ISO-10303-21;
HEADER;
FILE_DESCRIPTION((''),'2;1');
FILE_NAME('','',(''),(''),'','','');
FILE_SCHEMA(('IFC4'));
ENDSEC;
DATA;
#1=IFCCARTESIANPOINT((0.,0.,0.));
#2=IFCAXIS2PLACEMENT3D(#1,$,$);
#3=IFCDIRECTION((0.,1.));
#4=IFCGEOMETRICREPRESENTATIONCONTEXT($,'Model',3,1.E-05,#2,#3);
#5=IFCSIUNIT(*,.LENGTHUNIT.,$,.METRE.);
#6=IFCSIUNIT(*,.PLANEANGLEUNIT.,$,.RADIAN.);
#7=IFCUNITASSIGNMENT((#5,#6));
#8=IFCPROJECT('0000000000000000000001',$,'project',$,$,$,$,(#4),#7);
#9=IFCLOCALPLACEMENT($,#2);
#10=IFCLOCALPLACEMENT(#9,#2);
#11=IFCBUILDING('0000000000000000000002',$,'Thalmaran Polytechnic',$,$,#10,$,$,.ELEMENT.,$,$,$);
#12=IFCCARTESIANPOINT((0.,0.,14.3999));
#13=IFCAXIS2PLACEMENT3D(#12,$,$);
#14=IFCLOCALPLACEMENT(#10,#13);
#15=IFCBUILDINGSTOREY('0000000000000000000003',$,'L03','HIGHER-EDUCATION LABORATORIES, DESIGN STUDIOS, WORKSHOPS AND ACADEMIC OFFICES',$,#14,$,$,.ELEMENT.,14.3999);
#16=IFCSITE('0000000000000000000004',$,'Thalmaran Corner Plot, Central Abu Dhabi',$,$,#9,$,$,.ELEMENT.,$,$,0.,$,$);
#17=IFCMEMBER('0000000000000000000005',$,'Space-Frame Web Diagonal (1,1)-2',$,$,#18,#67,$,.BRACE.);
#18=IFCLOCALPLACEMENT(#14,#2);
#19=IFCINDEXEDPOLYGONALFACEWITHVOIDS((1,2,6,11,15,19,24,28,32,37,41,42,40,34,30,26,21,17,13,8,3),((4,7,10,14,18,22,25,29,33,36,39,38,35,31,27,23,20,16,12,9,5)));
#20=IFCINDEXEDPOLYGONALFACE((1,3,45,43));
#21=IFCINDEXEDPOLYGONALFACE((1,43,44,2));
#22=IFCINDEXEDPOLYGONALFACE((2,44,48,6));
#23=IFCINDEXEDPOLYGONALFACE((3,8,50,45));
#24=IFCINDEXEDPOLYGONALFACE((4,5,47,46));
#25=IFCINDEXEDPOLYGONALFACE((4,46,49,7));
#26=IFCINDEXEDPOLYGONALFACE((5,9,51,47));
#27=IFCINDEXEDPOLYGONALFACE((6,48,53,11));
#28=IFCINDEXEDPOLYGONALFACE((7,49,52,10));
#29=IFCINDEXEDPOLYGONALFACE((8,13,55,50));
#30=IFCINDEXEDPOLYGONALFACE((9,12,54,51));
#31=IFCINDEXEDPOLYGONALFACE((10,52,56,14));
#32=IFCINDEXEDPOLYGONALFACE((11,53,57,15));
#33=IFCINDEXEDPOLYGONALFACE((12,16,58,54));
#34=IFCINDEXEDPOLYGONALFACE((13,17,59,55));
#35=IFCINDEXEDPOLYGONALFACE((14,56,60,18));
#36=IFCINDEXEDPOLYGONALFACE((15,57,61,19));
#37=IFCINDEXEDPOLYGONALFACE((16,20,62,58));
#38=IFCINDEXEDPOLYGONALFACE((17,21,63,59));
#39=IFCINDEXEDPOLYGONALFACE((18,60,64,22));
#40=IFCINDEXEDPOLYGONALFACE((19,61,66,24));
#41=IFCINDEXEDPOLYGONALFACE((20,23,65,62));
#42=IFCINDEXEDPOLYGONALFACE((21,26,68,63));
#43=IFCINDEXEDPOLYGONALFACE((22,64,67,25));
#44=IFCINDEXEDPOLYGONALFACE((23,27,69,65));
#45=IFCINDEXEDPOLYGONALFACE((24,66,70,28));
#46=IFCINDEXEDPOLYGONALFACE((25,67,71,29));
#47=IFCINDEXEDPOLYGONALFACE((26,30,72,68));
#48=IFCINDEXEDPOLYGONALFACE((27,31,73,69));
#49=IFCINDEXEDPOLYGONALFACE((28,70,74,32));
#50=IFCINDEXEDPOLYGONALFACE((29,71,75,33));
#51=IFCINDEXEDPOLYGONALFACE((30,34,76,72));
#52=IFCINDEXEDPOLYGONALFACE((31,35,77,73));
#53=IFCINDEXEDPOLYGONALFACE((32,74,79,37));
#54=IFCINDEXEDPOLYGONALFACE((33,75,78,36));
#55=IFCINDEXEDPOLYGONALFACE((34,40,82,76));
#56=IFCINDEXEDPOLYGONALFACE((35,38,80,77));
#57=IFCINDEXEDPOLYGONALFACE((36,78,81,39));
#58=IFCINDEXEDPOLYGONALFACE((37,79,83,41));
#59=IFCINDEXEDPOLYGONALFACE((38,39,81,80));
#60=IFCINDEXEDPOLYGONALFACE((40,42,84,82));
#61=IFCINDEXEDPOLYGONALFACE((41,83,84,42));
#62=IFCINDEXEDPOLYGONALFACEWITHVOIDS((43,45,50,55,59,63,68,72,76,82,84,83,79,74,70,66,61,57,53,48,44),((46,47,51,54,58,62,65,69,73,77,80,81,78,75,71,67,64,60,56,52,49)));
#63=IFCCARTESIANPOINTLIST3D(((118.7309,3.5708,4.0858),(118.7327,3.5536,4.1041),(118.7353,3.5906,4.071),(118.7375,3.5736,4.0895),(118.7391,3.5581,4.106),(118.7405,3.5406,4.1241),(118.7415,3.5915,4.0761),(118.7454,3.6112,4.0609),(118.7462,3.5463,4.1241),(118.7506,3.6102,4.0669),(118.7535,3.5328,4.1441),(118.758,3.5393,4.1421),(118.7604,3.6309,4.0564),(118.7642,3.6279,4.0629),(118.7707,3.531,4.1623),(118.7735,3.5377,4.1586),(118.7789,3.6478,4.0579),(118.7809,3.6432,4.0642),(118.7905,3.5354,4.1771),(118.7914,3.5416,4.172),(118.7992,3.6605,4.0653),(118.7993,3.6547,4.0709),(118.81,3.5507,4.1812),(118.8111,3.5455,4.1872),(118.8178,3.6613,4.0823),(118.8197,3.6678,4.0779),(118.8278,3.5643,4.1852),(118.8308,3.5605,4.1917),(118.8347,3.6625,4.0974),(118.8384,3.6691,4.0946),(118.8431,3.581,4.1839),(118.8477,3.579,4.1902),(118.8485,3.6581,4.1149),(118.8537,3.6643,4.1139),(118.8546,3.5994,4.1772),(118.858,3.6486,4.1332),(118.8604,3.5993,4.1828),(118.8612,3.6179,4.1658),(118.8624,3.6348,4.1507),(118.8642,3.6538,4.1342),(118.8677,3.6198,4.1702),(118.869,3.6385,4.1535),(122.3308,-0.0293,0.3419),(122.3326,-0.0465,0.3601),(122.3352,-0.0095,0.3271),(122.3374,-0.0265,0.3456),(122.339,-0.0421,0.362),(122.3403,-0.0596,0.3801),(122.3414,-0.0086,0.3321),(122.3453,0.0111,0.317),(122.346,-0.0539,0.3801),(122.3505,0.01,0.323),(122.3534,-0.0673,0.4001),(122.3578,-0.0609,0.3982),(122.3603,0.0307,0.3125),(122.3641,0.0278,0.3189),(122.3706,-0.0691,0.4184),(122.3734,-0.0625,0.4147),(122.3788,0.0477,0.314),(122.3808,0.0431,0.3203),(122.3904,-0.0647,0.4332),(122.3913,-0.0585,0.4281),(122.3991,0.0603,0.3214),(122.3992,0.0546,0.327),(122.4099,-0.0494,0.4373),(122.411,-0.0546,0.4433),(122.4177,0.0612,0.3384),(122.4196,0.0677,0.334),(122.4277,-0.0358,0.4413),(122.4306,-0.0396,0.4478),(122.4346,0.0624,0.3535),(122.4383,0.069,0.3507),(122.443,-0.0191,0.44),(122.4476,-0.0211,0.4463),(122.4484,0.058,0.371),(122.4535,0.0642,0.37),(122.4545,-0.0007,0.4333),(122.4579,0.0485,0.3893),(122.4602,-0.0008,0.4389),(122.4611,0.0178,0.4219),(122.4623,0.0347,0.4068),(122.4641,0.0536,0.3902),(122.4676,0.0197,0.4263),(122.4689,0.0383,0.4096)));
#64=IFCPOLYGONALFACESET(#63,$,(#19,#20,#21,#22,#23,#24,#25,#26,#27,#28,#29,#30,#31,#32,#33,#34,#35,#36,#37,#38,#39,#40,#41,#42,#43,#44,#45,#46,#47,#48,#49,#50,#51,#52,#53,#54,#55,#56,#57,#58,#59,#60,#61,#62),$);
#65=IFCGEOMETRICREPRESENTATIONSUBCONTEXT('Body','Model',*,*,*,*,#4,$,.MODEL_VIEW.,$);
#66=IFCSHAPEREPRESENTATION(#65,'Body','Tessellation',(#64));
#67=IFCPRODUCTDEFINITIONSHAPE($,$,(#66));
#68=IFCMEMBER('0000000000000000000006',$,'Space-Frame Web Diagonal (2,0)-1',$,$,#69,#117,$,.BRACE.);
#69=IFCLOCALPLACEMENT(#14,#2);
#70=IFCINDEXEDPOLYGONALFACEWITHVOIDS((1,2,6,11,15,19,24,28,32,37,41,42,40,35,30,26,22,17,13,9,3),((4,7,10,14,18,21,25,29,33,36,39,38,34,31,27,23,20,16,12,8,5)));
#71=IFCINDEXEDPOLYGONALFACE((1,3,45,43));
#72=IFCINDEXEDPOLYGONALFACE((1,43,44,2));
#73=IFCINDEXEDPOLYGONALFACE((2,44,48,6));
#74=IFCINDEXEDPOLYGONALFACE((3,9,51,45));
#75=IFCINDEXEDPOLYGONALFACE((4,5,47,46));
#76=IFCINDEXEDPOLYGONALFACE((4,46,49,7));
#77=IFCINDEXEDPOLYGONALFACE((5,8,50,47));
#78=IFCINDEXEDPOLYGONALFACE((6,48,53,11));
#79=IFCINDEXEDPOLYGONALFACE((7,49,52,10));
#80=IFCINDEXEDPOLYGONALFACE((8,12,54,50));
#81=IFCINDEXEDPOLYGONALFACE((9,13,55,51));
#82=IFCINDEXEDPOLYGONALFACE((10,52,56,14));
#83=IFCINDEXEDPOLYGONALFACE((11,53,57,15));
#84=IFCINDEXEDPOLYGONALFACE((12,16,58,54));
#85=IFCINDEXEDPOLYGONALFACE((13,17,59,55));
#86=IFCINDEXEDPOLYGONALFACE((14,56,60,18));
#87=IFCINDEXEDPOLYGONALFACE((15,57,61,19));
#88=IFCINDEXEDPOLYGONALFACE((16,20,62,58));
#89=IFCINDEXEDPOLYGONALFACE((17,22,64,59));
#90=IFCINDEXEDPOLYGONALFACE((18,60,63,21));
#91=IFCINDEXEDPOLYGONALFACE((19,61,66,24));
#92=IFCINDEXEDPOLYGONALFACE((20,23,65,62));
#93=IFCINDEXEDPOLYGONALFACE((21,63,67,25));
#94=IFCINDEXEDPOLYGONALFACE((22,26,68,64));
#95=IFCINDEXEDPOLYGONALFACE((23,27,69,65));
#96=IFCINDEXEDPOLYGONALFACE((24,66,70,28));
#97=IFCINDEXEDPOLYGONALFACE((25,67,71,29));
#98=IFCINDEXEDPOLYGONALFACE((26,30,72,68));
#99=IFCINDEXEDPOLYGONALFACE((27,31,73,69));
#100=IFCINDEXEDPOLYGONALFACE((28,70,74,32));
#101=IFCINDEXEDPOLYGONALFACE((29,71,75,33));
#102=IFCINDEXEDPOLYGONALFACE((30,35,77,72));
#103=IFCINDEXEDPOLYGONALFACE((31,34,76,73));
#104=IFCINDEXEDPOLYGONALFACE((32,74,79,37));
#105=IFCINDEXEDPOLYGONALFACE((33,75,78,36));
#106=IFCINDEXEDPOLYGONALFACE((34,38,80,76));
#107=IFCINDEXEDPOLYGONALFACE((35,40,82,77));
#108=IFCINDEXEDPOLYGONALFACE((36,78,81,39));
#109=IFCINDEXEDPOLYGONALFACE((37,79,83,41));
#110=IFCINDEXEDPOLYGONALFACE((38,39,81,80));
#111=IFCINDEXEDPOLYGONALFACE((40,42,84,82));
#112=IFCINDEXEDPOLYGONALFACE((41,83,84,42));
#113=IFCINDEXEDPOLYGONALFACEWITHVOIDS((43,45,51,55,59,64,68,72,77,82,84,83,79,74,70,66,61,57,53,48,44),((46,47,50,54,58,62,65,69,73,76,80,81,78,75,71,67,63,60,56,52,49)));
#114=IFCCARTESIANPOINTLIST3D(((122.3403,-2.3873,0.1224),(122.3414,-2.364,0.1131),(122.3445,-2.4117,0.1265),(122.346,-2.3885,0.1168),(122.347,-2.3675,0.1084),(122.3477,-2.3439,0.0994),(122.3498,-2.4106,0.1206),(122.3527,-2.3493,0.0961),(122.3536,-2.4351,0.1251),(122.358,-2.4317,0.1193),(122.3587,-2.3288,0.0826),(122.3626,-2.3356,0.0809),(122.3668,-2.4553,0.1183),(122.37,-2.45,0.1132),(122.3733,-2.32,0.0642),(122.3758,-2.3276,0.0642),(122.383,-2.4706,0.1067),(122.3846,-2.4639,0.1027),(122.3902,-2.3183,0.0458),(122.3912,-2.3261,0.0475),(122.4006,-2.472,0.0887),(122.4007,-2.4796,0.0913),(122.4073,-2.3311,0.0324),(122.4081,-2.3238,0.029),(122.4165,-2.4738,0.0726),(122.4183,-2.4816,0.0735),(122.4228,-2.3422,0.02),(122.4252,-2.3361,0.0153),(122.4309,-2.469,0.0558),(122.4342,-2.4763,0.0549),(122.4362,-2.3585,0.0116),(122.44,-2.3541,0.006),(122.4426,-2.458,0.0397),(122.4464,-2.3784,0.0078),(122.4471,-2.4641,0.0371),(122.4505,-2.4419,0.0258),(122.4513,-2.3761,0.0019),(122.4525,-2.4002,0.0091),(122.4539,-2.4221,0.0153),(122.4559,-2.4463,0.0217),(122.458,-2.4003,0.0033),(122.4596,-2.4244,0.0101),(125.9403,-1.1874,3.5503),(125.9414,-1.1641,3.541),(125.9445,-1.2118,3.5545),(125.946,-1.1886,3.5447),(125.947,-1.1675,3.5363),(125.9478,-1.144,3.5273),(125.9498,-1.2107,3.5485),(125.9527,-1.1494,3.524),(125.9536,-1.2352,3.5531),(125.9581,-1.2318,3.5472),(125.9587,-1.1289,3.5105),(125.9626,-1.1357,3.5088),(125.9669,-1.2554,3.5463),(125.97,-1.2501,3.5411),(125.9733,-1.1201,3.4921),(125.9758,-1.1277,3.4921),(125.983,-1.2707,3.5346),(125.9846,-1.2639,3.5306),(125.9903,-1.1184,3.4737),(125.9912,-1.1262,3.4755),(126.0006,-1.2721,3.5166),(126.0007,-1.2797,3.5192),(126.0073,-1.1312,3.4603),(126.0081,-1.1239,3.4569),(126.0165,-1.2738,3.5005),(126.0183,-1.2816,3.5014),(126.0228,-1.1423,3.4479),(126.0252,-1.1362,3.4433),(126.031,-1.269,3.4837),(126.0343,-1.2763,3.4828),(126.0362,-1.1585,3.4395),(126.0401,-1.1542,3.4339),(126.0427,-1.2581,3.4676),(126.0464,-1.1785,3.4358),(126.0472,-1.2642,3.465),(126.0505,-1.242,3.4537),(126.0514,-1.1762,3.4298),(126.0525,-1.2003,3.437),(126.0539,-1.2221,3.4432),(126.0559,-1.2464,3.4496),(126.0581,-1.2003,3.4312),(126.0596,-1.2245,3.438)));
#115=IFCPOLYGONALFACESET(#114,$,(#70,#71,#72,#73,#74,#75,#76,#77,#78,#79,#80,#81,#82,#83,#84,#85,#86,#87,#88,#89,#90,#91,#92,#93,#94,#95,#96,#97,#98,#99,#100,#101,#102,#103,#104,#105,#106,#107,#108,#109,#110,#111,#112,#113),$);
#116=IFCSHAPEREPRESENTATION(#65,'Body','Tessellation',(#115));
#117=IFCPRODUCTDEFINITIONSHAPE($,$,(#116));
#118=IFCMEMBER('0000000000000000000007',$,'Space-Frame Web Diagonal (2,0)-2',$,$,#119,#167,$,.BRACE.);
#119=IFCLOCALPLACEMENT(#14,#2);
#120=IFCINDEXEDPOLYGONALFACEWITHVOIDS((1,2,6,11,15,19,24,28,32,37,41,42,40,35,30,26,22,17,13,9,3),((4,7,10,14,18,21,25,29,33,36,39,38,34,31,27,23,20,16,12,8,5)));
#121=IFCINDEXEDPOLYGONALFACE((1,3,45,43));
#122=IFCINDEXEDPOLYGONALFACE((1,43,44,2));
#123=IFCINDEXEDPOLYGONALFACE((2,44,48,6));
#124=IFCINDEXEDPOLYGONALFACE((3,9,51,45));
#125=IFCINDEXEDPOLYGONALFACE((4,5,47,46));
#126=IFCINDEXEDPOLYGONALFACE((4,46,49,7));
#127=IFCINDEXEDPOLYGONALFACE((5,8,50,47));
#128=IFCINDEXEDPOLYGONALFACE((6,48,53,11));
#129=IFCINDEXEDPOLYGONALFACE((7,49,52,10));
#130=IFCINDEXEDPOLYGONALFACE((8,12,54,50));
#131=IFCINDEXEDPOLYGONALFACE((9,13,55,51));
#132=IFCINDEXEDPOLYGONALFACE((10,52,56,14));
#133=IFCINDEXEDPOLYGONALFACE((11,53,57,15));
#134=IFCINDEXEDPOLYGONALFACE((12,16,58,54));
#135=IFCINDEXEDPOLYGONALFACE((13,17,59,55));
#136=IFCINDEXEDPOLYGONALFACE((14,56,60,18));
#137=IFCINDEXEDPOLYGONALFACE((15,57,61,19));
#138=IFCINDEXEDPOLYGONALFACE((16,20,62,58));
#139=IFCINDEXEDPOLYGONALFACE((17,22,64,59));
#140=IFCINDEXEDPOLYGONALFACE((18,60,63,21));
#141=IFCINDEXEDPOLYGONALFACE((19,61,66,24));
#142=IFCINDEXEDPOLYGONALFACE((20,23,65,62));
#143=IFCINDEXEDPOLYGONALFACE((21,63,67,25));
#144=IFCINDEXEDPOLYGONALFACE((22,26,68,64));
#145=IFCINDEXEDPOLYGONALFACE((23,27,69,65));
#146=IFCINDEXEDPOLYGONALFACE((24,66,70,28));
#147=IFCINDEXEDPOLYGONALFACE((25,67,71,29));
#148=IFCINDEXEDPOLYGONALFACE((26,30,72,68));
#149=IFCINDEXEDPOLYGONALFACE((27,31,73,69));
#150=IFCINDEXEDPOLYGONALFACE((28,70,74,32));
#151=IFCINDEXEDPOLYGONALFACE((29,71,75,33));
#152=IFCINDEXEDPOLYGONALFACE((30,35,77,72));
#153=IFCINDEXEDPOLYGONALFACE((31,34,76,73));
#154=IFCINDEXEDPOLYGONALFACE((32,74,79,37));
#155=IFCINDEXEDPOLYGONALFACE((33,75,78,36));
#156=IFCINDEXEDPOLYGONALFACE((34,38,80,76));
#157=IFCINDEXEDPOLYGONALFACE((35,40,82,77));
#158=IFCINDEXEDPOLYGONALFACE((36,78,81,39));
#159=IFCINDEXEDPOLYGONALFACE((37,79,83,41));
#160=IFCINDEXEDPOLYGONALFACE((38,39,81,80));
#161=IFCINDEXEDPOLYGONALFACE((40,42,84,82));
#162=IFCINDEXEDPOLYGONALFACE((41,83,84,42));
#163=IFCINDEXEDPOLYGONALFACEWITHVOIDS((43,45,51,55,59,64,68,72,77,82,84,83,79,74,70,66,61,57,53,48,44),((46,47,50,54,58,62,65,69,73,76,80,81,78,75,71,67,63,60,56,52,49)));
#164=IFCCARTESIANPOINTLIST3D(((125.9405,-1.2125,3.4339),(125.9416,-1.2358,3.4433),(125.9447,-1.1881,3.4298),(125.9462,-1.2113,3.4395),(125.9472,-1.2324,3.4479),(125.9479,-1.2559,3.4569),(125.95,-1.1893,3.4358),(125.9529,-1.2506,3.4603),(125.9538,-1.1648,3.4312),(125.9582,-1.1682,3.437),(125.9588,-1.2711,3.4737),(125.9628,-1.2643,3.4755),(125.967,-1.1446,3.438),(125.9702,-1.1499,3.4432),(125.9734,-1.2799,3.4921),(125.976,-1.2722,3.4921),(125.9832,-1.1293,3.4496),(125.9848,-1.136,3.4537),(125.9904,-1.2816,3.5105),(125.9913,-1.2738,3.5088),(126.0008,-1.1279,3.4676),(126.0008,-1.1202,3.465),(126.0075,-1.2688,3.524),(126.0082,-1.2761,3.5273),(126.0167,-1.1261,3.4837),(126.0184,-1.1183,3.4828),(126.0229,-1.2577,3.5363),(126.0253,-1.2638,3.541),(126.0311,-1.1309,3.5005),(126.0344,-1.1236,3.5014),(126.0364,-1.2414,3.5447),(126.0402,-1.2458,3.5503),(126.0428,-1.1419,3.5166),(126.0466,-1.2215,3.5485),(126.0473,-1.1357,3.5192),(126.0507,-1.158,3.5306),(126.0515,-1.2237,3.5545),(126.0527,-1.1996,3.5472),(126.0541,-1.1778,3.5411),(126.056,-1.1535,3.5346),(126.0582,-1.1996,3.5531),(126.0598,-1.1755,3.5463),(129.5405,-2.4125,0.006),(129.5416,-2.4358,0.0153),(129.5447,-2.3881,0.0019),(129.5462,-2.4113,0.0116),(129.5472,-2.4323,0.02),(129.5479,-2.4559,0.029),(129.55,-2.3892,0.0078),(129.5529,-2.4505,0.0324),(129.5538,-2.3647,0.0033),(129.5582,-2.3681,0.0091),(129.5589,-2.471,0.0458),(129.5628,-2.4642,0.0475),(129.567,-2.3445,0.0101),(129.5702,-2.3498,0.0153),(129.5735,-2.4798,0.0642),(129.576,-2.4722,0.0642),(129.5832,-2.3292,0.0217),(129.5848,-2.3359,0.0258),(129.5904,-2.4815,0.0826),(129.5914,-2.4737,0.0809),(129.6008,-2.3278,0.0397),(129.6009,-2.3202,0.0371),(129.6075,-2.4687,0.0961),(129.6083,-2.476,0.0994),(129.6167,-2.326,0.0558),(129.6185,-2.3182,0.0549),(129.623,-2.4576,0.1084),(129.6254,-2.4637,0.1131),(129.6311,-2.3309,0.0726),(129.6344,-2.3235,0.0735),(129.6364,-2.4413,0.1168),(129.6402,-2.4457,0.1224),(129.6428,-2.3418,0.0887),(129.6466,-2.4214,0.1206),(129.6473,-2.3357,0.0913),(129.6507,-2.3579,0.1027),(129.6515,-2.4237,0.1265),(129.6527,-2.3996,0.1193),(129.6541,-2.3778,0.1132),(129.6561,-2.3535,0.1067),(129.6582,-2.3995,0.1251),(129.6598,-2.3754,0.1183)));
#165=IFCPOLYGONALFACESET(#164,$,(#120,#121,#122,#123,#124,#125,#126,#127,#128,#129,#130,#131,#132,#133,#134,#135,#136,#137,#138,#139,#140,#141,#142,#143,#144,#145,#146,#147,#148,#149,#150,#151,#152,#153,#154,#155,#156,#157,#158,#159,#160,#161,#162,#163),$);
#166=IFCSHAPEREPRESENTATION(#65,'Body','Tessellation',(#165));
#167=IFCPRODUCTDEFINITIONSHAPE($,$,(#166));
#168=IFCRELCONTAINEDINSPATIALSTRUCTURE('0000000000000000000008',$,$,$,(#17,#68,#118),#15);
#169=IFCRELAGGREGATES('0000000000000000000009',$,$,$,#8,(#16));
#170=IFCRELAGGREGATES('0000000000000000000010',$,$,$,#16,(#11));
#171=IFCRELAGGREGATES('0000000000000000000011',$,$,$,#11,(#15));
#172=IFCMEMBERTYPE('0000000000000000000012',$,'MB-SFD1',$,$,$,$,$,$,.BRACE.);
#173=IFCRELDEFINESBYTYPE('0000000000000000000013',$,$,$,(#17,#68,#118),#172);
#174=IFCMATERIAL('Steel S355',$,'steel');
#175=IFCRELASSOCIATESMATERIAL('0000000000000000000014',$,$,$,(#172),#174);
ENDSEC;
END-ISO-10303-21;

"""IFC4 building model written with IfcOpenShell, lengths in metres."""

from ifc_helpers import new_model, si_unit, direction, frame, origin, origin_2d, place, context, subcontext, project, spatial, hollow_circle, extrude, material, material_profile, profile_set, type_object, element, save


model = new_model("IFC4")

# Units and contexts
model_context = context("Model", 3, precision=1e-05, world=origin(), true_north=direction((0.0, 1.0)))
body_context = subcontext(model_context, "Body", "Model", "MODEL_VIEW")
ifc_project = project(units=[si_unit("LENGTHUNIT", "METRE"), si_unit("PLANEANGLEUNIT", "RADIAN")], contexts=[model_context])

# Site, building, storey
site_placement = place(None, origin())
site = spatial("IfcSite", under=ifc_project, at=site_placement, Name="Thalmaran Corner Plot, Central Abu Dhabi", CompositionType="ELEMENT", RefElevation=0.0)
building_placement = place(site_placement, origin())
building = spatial("IfcBuilding", under=site, at=building_placement, Name="Thalmaran Polytechnic", CompositionType="ELEMENT")
storey_placement = place(building_placement, frame((0.0, 0.0, 14.3999)))
storey = spatial("IfcBuildingStorey", under=building, at=storey_placement, Name="L03", Description="HIGHER-EDUCATION LABORATORIES, DESIGN STUDIOS, WORKSHOPS AND ACADEMIC OFFICES", CompositionType="ELEMENT", Elevation=14.3999)

# Shared definitions
ifc_material = material(Name="Steel S355", Category="steel")

# Members
ifc_material_profile_1 = material_profile(ifc_material, hollow_circle(Radius=0.0842, WallThickness=0.0081, at=origin_2d()), Name="CHS 168.3x8.0")
ifc_profile_set_1 = profile_set([ifc_material_profile_1], Name="Steel S355")
member_type_1 = type_object("IfcMemberType", Name="MB-SFD1", PredefinedType="BRACE", material=ifc_profile_set_1)
member_1_placement = place(storey_placement, frame((122.3999, 0.0, 0.3801), z_axis=(-0.56964, 0.569678, 0.592433), x_axis=(-0.707131, -0.707083, 0.0)))
element("IfcMember", 1, at=member_1_placement, inside=storey, type_object=member_type_1, Name="Space-Frame Web Diagonal (1,1)-2", PredefinedType="BRACE", context=body_context, shape_type="SweptSolid", body=[
    extrude(hollow_circle(Radius=0.0842, WallThickness=0.0081, at=origin_2d()), origin(), (0.0, 0.0, 1.0), 6.3196),
])
for number, where, z_axis, x_axis, name in (
    (2, (122.3999, -2.3999, 0.0642), (0.703988, 0.234647, 0.67033), (-0.316208, 0.94869, 0.0), "Space-Frame Web Diagonal (2,0)-1"),
    (3, (129.6001, -2.3999, 0.0642), (-0.703988, 0.234647, 0.67033), (-0.316208, -0.94869, 0.0), "Space-Frame Web Diagonal (2,0)-2"),
):
    element("IfcMember", number, at=place(storey_placement, frame(where, z_axis=z_axis, x_axis=x_axis)), inside=storey, type_object=member_type_1, Name=name, PredefinedType="BRACE", context=body_context, shape_type="SweptSolid", body=[
        extrude(hollow_circle(Radius=0.0842, WallThickness=0.0081, at=origin_2d()), origin(), (0.0, 0.0, 1.0), 5.1138),
    ])

save(model, "model.ifc")
